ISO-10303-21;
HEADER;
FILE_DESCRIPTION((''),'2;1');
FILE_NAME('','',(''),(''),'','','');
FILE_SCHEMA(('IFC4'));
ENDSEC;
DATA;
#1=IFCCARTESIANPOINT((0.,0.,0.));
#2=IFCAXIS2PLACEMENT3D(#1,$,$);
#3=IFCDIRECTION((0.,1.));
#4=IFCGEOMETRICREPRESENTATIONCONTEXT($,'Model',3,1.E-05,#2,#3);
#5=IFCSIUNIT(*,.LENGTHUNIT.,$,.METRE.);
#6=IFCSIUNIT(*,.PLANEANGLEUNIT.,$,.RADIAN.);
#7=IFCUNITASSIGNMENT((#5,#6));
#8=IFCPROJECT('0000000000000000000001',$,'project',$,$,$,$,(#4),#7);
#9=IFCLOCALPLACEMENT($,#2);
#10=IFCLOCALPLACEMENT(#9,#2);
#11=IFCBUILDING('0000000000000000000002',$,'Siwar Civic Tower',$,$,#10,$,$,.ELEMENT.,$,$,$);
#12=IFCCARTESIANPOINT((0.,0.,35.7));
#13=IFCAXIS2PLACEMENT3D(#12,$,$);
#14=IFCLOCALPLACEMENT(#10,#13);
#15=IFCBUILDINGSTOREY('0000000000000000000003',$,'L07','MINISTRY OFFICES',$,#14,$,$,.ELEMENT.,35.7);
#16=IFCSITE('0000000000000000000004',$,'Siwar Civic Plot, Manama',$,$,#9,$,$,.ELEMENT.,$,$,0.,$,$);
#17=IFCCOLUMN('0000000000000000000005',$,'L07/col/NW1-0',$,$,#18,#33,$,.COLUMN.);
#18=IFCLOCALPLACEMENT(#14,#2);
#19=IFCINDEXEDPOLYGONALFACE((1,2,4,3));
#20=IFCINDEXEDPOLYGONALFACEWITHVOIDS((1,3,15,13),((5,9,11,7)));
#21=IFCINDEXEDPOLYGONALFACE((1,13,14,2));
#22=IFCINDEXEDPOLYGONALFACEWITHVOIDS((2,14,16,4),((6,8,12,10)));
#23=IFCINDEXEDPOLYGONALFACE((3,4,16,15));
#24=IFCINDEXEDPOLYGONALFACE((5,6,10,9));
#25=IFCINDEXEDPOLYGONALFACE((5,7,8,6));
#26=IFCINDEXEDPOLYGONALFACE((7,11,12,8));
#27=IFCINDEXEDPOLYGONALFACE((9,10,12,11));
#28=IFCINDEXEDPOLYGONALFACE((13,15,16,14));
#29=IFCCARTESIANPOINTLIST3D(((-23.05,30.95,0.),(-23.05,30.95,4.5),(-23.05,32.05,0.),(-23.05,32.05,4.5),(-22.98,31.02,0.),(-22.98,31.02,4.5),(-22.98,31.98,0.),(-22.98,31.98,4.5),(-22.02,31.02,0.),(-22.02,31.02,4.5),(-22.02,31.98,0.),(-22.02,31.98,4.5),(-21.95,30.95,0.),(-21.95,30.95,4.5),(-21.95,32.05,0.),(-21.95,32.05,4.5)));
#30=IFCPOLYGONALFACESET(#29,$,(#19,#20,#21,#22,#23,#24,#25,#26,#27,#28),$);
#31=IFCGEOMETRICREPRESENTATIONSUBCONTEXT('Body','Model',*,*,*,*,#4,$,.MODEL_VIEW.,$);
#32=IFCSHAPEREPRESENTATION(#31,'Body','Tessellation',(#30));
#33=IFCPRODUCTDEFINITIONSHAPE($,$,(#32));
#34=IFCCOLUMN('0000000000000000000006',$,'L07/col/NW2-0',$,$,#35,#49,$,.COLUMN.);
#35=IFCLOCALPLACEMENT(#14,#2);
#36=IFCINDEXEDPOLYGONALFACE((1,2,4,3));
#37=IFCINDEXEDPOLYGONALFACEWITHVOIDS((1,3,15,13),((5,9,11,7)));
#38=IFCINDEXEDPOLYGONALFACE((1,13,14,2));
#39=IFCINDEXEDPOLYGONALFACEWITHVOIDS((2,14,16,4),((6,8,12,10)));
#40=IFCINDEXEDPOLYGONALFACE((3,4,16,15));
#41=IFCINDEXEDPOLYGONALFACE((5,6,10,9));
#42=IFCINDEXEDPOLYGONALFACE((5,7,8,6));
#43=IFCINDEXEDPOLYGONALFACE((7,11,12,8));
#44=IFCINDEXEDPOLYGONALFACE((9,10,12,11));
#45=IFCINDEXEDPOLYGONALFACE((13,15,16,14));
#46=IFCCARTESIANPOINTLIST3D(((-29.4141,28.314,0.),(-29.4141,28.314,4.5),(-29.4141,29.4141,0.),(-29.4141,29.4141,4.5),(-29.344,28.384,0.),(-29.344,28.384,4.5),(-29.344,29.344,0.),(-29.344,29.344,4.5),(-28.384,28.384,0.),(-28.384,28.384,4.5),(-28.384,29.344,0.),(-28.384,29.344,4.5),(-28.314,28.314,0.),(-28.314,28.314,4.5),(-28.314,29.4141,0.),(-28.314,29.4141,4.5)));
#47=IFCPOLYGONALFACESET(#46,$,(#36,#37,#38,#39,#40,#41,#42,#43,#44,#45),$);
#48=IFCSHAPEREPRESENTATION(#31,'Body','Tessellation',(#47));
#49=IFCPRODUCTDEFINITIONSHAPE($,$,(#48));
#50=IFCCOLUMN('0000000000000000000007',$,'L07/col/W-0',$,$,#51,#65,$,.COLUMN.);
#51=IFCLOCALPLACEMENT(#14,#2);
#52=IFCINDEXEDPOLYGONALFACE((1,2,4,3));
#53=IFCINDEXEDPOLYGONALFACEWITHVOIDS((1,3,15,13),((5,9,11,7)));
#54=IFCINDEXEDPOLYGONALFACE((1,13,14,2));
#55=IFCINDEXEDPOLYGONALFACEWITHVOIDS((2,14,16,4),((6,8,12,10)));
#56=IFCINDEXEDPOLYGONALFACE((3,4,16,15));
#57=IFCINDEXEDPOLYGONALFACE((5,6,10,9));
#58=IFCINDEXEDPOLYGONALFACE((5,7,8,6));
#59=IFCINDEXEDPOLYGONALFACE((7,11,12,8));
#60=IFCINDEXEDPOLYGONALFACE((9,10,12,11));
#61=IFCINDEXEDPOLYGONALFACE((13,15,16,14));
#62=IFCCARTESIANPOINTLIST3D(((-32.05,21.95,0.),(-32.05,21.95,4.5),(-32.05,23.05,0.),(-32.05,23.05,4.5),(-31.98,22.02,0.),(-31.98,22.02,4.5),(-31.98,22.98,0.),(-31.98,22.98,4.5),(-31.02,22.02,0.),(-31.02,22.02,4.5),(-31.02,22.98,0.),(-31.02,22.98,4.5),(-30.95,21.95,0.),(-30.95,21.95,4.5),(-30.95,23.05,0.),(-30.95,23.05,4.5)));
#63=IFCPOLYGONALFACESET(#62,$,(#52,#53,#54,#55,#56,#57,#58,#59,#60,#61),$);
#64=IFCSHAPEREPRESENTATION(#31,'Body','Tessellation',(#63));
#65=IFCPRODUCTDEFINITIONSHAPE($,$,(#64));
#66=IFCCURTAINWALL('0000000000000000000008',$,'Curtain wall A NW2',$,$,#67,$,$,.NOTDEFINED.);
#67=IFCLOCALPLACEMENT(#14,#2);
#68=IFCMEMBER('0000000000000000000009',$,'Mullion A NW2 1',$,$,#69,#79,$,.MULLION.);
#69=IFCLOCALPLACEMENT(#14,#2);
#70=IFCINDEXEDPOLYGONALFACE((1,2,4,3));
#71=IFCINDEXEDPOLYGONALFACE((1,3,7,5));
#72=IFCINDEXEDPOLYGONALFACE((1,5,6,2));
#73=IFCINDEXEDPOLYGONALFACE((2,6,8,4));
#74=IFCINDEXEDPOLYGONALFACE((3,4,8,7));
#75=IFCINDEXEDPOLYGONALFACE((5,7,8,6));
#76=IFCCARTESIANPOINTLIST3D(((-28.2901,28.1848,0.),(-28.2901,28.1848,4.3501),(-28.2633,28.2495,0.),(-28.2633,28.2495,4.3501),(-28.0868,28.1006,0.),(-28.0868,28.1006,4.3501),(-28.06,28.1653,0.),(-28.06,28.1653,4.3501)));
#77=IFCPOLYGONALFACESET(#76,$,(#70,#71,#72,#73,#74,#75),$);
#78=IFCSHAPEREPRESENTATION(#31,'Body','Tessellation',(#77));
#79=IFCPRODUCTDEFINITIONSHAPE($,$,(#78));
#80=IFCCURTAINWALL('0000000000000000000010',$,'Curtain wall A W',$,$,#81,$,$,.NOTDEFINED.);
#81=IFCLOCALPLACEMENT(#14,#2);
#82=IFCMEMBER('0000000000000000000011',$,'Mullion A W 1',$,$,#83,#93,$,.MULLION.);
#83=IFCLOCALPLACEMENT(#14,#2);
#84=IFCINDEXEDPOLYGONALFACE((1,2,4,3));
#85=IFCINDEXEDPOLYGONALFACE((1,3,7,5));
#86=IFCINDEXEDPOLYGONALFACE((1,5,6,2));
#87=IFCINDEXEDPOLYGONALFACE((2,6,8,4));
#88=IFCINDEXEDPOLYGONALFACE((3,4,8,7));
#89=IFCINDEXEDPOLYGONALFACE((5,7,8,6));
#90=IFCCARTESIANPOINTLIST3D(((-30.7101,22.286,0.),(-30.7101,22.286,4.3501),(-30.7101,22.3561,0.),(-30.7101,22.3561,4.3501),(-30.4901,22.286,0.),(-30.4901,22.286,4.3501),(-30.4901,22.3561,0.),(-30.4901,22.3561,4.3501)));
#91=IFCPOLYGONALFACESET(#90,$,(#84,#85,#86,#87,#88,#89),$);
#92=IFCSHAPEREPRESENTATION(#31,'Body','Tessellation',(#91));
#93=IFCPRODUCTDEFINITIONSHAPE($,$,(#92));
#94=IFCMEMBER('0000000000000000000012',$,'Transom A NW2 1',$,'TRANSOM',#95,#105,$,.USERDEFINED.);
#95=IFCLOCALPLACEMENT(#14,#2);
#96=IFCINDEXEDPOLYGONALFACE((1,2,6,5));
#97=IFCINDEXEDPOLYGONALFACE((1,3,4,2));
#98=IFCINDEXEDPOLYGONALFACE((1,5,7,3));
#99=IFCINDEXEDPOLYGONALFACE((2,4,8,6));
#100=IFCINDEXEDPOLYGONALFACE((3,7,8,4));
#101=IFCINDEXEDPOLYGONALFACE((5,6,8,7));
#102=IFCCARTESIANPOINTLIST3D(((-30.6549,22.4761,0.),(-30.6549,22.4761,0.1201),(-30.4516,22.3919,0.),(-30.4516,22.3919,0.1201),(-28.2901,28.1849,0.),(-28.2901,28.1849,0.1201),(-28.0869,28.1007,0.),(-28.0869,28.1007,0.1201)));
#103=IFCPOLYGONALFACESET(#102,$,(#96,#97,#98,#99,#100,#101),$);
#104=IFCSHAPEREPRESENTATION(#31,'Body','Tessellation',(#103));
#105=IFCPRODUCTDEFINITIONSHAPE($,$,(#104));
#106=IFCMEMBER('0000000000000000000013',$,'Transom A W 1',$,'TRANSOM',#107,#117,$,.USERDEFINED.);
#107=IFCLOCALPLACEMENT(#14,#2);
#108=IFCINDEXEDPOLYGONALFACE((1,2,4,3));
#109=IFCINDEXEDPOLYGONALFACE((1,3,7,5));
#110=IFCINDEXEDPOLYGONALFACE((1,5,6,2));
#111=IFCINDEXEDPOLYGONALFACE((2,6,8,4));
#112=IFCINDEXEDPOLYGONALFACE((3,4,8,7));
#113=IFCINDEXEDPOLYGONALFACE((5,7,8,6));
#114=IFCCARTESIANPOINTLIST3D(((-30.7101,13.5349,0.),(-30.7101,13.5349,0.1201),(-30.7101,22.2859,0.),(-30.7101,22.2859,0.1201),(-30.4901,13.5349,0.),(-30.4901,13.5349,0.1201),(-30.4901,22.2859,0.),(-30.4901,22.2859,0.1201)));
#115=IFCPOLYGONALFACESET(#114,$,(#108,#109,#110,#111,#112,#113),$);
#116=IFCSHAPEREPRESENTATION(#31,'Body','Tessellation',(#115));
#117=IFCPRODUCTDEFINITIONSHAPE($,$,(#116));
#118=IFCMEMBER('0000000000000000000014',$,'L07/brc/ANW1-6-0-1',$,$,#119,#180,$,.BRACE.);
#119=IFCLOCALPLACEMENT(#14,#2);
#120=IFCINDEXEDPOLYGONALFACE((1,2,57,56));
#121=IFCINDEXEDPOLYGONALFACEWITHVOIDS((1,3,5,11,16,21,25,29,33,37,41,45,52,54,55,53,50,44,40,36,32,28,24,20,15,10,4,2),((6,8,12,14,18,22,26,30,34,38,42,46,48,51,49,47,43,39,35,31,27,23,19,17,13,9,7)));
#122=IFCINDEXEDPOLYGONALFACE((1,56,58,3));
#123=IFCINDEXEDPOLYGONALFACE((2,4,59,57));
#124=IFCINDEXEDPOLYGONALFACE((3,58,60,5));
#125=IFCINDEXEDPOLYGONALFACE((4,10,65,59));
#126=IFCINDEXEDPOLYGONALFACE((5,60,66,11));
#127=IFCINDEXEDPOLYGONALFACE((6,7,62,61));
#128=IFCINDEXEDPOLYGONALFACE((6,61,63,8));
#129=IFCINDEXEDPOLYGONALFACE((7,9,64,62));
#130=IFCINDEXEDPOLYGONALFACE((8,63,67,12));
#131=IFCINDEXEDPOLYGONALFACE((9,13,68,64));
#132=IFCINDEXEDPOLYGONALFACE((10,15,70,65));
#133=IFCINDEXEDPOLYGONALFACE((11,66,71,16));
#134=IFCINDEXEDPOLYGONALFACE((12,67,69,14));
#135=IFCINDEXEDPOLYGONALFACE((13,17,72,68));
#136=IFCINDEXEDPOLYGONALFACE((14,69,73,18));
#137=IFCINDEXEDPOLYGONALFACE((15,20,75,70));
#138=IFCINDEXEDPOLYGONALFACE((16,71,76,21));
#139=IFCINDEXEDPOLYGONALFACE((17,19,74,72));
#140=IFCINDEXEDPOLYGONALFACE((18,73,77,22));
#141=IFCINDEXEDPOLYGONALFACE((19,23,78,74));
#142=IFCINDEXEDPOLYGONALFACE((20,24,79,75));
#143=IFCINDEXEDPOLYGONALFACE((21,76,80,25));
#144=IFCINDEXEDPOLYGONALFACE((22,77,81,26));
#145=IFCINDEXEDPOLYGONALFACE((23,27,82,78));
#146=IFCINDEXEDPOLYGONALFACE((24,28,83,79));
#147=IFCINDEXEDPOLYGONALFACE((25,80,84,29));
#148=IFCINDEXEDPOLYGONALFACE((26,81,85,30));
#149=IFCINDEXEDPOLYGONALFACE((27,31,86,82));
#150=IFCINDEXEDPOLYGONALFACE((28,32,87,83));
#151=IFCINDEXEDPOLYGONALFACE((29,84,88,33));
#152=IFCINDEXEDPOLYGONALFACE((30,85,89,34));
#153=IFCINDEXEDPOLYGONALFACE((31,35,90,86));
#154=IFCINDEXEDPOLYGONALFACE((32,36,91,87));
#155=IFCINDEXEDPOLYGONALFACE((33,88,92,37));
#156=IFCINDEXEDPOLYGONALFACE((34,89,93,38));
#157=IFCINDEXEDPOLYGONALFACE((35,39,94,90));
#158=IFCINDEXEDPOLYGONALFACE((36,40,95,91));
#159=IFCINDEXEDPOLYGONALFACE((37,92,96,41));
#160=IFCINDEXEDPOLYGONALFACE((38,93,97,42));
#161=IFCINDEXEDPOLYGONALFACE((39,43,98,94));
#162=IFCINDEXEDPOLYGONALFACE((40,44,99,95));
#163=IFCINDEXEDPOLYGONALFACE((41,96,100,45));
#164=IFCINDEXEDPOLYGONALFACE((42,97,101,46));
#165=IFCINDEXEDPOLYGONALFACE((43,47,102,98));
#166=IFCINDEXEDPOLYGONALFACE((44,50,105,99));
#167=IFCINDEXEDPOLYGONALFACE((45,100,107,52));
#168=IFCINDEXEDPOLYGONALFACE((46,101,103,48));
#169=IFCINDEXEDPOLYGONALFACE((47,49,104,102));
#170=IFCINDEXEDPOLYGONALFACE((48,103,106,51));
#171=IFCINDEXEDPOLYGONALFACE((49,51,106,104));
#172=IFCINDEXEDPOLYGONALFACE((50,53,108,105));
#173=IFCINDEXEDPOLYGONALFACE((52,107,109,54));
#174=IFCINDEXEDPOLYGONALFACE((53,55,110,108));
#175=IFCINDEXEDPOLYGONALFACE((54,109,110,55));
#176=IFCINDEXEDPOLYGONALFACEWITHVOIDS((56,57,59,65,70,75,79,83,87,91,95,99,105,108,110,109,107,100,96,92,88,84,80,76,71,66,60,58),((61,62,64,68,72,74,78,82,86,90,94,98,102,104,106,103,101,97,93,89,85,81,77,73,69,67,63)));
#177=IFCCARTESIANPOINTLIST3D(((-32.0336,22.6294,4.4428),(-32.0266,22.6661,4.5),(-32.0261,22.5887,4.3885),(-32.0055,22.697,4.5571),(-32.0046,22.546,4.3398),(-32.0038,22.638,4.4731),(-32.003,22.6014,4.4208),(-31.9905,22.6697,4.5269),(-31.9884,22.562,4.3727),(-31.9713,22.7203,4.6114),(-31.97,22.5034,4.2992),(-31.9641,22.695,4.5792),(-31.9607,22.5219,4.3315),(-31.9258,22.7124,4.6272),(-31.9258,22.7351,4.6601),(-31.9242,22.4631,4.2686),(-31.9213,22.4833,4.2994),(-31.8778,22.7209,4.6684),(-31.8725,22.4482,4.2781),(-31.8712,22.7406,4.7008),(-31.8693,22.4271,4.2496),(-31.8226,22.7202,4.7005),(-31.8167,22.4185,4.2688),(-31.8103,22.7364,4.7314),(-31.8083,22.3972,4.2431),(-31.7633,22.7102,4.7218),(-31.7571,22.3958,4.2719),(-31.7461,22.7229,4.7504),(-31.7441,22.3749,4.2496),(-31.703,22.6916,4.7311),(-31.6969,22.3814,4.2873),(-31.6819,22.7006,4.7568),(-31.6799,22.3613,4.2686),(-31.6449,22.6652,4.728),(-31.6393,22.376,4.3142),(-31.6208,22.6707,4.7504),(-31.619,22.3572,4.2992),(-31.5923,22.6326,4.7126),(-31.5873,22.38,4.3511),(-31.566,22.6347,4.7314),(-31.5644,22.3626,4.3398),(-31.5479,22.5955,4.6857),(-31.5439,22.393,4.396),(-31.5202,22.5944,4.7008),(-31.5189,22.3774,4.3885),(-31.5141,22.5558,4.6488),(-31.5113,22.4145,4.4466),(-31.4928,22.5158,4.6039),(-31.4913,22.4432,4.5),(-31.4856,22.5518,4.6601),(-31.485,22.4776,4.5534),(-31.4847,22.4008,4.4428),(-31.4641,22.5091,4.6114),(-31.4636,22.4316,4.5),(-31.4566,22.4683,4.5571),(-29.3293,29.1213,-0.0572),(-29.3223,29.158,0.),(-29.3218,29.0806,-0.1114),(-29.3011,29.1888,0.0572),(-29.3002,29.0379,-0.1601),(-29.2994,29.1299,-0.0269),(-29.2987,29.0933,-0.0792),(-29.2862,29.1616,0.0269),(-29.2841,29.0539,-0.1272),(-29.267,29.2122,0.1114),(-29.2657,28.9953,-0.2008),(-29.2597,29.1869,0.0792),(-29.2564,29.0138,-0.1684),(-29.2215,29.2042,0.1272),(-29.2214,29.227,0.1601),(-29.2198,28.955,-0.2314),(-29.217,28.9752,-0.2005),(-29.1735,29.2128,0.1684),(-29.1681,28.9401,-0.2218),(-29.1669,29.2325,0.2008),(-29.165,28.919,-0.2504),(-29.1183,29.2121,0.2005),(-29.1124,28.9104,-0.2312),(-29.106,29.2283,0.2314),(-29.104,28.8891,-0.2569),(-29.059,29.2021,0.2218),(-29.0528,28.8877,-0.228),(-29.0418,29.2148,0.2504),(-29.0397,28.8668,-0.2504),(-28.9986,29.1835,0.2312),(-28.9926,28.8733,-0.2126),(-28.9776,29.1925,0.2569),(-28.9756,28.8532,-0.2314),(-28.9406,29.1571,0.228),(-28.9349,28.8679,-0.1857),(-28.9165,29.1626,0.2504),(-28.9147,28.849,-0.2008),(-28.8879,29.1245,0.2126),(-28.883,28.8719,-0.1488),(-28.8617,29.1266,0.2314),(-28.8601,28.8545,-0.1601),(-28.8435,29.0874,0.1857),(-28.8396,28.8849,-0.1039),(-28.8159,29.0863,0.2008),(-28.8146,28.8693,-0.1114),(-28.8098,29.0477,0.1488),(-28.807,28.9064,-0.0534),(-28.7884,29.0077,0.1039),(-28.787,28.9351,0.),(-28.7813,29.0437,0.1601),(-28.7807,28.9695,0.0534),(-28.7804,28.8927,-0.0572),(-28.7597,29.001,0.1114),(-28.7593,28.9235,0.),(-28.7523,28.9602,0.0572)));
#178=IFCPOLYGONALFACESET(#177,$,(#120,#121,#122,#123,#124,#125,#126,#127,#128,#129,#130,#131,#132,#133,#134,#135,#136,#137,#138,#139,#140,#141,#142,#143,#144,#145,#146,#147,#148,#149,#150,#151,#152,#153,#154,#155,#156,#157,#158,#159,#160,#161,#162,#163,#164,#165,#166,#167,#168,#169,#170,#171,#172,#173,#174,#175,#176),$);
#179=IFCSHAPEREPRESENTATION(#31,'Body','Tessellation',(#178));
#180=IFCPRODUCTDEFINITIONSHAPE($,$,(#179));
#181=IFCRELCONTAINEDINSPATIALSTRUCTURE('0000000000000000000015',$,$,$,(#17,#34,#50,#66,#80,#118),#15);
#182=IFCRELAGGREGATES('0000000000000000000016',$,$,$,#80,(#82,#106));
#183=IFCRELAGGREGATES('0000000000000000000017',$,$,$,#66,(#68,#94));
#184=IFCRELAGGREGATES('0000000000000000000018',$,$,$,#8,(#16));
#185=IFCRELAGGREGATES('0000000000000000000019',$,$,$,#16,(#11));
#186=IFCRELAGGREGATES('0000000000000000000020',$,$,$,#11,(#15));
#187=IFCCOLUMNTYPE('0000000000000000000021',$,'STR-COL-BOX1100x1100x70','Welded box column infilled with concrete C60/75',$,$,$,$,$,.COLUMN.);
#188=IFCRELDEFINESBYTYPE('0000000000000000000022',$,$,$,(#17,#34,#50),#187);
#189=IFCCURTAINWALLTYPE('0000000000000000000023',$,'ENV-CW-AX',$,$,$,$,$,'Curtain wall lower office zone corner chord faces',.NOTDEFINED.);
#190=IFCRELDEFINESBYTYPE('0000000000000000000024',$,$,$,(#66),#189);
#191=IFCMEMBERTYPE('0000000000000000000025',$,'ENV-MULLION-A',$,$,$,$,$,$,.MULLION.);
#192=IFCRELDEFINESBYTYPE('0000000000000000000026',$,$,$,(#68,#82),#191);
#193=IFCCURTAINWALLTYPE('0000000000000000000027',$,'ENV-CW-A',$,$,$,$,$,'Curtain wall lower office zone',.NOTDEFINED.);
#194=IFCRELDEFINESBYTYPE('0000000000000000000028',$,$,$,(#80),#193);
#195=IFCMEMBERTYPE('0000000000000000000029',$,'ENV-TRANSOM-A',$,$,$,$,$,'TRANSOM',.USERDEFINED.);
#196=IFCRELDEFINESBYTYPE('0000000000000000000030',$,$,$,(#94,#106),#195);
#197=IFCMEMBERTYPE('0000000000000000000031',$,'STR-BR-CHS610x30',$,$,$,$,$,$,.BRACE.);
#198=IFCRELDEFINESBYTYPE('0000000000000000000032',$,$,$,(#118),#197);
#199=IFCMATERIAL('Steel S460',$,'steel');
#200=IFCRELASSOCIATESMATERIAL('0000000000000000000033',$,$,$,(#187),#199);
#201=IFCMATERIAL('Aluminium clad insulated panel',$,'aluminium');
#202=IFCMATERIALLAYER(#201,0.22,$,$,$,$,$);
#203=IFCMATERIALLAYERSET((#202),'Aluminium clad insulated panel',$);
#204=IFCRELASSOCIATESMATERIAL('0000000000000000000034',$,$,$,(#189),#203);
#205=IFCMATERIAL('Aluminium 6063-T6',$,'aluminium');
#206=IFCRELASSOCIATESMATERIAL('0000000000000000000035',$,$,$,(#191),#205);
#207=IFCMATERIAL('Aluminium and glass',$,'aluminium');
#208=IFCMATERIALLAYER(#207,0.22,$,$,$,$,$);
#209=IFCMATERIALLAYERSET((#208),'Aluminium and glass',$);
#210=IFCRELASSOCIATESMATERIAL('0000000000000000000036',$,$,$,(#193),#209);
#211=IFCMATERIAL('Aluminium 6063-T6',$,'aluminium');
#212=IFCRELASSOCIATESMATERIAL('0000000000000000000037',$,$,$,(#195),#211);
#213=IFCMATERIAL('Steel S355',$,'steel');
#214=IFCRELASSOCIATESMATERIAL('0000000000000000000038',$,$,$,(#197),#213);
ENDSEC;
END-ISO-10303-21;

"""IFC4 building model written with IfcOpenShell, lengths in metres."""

from ifc_helpers import new_model, si_unit, direction, frame, origin, origin_2d, place, context, subcontext, project, spatial, rectangle, hollow_rectangle, hollow_circle, extrude, material, layer, layer_set, material_profile, profile_set, type_object, element, aggregate, save


model = new_model("IFC4")

# Units and contexts
model_context = context("Model", 3, precision=1e-05, world=origin(), true_north=direction((0.0, 1.0)))
body_context = subcontext(model_context, "Body", "Model", "MODEL_VIEW")
ifc_project = project(units=[si_unit("LENGTHUNIT", "METRE"), si_unit("PLANEANGLEUNIT", "RADIAN")], contexts=[model_context])

# Site, building, storey
site_placement = place(None, origin())
site = spatial("IfcSite", under=ifc_project, at=site_placement, Name="Siwar Civic Plot, Manama", CompositionType="ELEMENT", RefElevation=0.0)
building_placement = place(site_placement, origin())
building = spatial("IfcBuilding", under=site, at=building_placement, Name="Siwar Civic Tower", CompositionType="ELEMENT")
storey_placement = place(building_placement, frame((0.0, 0.0, 35.7)))
storey = spatial("IfcBuildingStorey", under=building, at=storey_placement, Name="L07", Description="MINISTRY OFFICES", CompositionType="ELEMENT", Elevation=35.7)

# Columns
ifc_material_1 = material(Name="Steel S460", Category="steel")
ifc_material_profile_1 = material_profile(ifc_material_1, hollow_rectangle(XDim=1.1001, YDim=1.1001, WallThickness=0.0701, at=origin_2d()), Name="BOX1100x1100x70")
ifc_profile_set_1 = profile_set([ifc_material_profile_1], Name="Steel S460")
column_type = type_object("IfcColumnType", Name="STR-COL-BOX1100x1100x70", Description="Welded box column infilled with concrete C60/75", PredefinedType="COLUMN", material=ifc_profile_set_1)
for number, where, z_axis, x_axis, name in (
    (1, (-22.5, 31.5, 0.0), (0.0, 0.0, 1.0), (1.0, 0.0, 0.0), "L07/col/NW1-0"),
    (2, (-28.864, 28.864, 0.0), (0.0, 0.0, 1.0), (1.0, 0.0, 0.0), "L07/col/NW2-0"),
    (3, (-31.5, 22.5, 0.0), (0.0, 0.0, 1.0), (1.0, 0.0, 0.0), "L07/col/W-0"),
):
    element("IfcColumn", number, at=place(storey_placement, frame(where, z_axis=z_axis, x_axis=x_axis)), inside=storey, type_object=column_type, Name=name, PredefinedType="COLUMN", context=body_context, shape_type="SweptSolid", body=[
        extrude(hollow_rectangle(XDim=1.1001, YDim=1.1001, WallThickness=0.0701, at=origin_2d()), origin(), (0.0, 0.0, 1.0), 4.5),
    ])

# Curtain walls, members
ifc_material_2 = material(Name="Aluminium clad insulated panel", Category="aluminium")
ifc_layer_1 = layer(ifc_material_2, 0.22)
ifc_layer_set_1 = layer_set([ifc_layer_1], Name="Aluminium clad insulated panel")
curtain_wall_type_1 = type_object("IfcCurtainWallType", Name="ENV-CW-AX", ElementType="Curtain wall lower office zone corner chord faces", PredefinedType="NOTDEFINED", material=ifc_layer_set_1)
curtain_wall_1_placement = place(storey_placement, origin())
curtain_wall_1 = element("IfcCurtainWall", 4, at=curtain_wall_1_placement, inside=storey, type_object=curtain_wall_type_1, Name="Curtain wall A NW2", PredefinedType="NOTDEFINED")
ifc_material_3 = material(Name="Aluminium 6063-T6", Category="aluminium")
ifc_material_profile_2 = material_profile(ifc_material_3, rectangle(XDim=0.22, YDim=0.0701, at=origin_2d()), Name="AL 220x70")
ifc_profile_set_2 = profile_set([ifc_material_profile_2], Name="Aluminium 6063-T6")
member_type_1 = type_object("IfcMemberType", Name="ENV-MULLION-A", PredefinedType="MULLION", material=ifc_profile_set_2)
member_1_placement = place(storey_placement, frame((-28.175, 28.175, 0.0), z_axis=(0.0, 0.0, 1.0), x_axis=(0.92388, -0.382683, 0.0)))
member_1 = element("IfcMember", 5, at=member_1_placement, type_object=member_type_1, Name="Mullion A NW2 1", PredefinedType="MULLION", context=body_context, shape_type="SweptSolid", body=[
    extrude(rectangle(XDim=0.22, YDim=0.0701, at=origin_2d()), origin(), (0.0, 0.0, 1.0), 4.3501),
])
ifc_material_4 = material(Name="Aluminium and glass", Category="aluminium")
ifc_layer_2 = layer(ifc_material_4, 0.22)
ifc_layer_set_2 = layer_set([ifc_layer_2], Name="Aluminium and glass")
curtain_wall_type_2 = type_object("IfcCurtainWallType", Name="ENV-CW-A", ElementType="Curtain wall lower office zone", PredefinedType="NOTDEFINED", material=ifc_layer_set_2)
curtain_wall_2_placement = place(storey_placement, origin())
curtain_wall_2 = element("IfcCurtainWall", 6, at=curtain_wall_2_placement, inside=storey, type_object=curtain_wall_type_2, Name="Curtain wall A W", PredefinedType="NOTDEFINED")
member_2_placement = place(storey_placement, frame((-30.6001, 22.321, 0.0), z_axis=(0.0, 0.0, 1.0), x_axis=(1.0, 0.0, 0.0)))
member_2 = element("IfcMember", 7, at=member_2_placement, type_object=member_type_1, Name="Mullion A W 1", PredefinedType="MULLION", context=body_context, shape_type="SweptSolid", body=[
    extrude(rectangle(XDim=0.22, YDim=0.0701, at=origin_2d()), origin(), (0.0, 0.0, 1.0), 4.3501),
])

# Members
ifc_material_5 = material(Name="Aluminium 6063-T6", Category="aluminium")
ifc_material_profile_3 = material_profile(ifc_material_5, rectangle(XDim=0.22, YDim=0.1201, at=origin_2d()), Name="AL 220x120")
ifc_profile_set_3 = profile_set([ifc_material_profile_3], Name="Aluminium 6063-T6")
member_type_2 = type_object("IfcMemberType", Name="ENV-TRANSOM-A", ElementType="TRANSOM", PredefinedType="USERDEFINED", material=ifc_profile_set_3)
member_3_placement = place(storey_placement, frame((-28.1885, 28.1428, 0.0601), z_axis=(-0.382698, -0.923873, 0.0), x_axis=(0.923873, -0.382698, 0.0)))
member_3 = element("IfcMember", 8, at=member_3_placement, type_object=member_type_2, Name="Transom A NW2 1", ObjectType="TRANSOM", PredefinedType="USERDEFINED", context=body_context, shape_type="SweptSolid", body=[
    extrude(rectangle(XDim=0.22, YDim=0.1201, at=origin_2d()), origin(), (0.0, 0.0, 1.0), 6.1792),
])
member_4_placement = place(storey_placement, frame((-30.6001, 22.2859, 0.0601), z_axis=(0.0, -1.0, 0.0), x_axis=(1.0, 0.0, 0.0)))
member_4 = element("IfcMember", 9, at=member_4_placement, type_object=member_type_2, Name="Transom A W 1", ObjectType="TRANSOM", PredefinedType="USERDEFINED", context=body_context, shape_type="SweptSolid", body=[
    extrude(rectangle(XDim=0.22, YDim=0.1201, at=origin_2d()), origin(), (0.0, 0.0, 1.0), 8.751),
])

# Member
ifc_material_6 = material(Name="Steel S355", Category="steel")
ifc_material_profile_4 = material_profile(ifc_material_6, hollow_circle(Radius=0.3049, WallThickness=0.03, at=origin_2d()), Name="CHS610x30")
ifc_profile_set_4 = profile_set([ifc_material_profile_4], Name="Steel S355")
member_type_3 = type_object("IfcMemberType", Name="STR-BR-CHS610x30", PredefinedType="BRACE", material=ifc_profile_set_4)
member_5_placement = place(storey_placement, frame((-29.0408, 29.0408, 0.0), z_axis=(-0.323906, -0.777555, 0.538975), x_axis=(0.923109, -0.384539, 0.0)))
element("IfcMember", 10, at=member_5_placement, inside=storey, type_object=member_type_3, Name="L07/brc/ANW1-6-0-1", PredefinedType="BRACE", context=body_context, shape_type="SweptSolid", body=[
    extrude(hollow_circle(Radius=0.3049, WallThickness=0.03, at=origin_2d()), origin(), (0.0, 0.0, 1.0), 8.3491),
])

aggregate(curtain_wall_2, [member_2, member_4])

aggregate(curtain_wall_1, [member_1, member_3])

save(model, "model.ifc")
